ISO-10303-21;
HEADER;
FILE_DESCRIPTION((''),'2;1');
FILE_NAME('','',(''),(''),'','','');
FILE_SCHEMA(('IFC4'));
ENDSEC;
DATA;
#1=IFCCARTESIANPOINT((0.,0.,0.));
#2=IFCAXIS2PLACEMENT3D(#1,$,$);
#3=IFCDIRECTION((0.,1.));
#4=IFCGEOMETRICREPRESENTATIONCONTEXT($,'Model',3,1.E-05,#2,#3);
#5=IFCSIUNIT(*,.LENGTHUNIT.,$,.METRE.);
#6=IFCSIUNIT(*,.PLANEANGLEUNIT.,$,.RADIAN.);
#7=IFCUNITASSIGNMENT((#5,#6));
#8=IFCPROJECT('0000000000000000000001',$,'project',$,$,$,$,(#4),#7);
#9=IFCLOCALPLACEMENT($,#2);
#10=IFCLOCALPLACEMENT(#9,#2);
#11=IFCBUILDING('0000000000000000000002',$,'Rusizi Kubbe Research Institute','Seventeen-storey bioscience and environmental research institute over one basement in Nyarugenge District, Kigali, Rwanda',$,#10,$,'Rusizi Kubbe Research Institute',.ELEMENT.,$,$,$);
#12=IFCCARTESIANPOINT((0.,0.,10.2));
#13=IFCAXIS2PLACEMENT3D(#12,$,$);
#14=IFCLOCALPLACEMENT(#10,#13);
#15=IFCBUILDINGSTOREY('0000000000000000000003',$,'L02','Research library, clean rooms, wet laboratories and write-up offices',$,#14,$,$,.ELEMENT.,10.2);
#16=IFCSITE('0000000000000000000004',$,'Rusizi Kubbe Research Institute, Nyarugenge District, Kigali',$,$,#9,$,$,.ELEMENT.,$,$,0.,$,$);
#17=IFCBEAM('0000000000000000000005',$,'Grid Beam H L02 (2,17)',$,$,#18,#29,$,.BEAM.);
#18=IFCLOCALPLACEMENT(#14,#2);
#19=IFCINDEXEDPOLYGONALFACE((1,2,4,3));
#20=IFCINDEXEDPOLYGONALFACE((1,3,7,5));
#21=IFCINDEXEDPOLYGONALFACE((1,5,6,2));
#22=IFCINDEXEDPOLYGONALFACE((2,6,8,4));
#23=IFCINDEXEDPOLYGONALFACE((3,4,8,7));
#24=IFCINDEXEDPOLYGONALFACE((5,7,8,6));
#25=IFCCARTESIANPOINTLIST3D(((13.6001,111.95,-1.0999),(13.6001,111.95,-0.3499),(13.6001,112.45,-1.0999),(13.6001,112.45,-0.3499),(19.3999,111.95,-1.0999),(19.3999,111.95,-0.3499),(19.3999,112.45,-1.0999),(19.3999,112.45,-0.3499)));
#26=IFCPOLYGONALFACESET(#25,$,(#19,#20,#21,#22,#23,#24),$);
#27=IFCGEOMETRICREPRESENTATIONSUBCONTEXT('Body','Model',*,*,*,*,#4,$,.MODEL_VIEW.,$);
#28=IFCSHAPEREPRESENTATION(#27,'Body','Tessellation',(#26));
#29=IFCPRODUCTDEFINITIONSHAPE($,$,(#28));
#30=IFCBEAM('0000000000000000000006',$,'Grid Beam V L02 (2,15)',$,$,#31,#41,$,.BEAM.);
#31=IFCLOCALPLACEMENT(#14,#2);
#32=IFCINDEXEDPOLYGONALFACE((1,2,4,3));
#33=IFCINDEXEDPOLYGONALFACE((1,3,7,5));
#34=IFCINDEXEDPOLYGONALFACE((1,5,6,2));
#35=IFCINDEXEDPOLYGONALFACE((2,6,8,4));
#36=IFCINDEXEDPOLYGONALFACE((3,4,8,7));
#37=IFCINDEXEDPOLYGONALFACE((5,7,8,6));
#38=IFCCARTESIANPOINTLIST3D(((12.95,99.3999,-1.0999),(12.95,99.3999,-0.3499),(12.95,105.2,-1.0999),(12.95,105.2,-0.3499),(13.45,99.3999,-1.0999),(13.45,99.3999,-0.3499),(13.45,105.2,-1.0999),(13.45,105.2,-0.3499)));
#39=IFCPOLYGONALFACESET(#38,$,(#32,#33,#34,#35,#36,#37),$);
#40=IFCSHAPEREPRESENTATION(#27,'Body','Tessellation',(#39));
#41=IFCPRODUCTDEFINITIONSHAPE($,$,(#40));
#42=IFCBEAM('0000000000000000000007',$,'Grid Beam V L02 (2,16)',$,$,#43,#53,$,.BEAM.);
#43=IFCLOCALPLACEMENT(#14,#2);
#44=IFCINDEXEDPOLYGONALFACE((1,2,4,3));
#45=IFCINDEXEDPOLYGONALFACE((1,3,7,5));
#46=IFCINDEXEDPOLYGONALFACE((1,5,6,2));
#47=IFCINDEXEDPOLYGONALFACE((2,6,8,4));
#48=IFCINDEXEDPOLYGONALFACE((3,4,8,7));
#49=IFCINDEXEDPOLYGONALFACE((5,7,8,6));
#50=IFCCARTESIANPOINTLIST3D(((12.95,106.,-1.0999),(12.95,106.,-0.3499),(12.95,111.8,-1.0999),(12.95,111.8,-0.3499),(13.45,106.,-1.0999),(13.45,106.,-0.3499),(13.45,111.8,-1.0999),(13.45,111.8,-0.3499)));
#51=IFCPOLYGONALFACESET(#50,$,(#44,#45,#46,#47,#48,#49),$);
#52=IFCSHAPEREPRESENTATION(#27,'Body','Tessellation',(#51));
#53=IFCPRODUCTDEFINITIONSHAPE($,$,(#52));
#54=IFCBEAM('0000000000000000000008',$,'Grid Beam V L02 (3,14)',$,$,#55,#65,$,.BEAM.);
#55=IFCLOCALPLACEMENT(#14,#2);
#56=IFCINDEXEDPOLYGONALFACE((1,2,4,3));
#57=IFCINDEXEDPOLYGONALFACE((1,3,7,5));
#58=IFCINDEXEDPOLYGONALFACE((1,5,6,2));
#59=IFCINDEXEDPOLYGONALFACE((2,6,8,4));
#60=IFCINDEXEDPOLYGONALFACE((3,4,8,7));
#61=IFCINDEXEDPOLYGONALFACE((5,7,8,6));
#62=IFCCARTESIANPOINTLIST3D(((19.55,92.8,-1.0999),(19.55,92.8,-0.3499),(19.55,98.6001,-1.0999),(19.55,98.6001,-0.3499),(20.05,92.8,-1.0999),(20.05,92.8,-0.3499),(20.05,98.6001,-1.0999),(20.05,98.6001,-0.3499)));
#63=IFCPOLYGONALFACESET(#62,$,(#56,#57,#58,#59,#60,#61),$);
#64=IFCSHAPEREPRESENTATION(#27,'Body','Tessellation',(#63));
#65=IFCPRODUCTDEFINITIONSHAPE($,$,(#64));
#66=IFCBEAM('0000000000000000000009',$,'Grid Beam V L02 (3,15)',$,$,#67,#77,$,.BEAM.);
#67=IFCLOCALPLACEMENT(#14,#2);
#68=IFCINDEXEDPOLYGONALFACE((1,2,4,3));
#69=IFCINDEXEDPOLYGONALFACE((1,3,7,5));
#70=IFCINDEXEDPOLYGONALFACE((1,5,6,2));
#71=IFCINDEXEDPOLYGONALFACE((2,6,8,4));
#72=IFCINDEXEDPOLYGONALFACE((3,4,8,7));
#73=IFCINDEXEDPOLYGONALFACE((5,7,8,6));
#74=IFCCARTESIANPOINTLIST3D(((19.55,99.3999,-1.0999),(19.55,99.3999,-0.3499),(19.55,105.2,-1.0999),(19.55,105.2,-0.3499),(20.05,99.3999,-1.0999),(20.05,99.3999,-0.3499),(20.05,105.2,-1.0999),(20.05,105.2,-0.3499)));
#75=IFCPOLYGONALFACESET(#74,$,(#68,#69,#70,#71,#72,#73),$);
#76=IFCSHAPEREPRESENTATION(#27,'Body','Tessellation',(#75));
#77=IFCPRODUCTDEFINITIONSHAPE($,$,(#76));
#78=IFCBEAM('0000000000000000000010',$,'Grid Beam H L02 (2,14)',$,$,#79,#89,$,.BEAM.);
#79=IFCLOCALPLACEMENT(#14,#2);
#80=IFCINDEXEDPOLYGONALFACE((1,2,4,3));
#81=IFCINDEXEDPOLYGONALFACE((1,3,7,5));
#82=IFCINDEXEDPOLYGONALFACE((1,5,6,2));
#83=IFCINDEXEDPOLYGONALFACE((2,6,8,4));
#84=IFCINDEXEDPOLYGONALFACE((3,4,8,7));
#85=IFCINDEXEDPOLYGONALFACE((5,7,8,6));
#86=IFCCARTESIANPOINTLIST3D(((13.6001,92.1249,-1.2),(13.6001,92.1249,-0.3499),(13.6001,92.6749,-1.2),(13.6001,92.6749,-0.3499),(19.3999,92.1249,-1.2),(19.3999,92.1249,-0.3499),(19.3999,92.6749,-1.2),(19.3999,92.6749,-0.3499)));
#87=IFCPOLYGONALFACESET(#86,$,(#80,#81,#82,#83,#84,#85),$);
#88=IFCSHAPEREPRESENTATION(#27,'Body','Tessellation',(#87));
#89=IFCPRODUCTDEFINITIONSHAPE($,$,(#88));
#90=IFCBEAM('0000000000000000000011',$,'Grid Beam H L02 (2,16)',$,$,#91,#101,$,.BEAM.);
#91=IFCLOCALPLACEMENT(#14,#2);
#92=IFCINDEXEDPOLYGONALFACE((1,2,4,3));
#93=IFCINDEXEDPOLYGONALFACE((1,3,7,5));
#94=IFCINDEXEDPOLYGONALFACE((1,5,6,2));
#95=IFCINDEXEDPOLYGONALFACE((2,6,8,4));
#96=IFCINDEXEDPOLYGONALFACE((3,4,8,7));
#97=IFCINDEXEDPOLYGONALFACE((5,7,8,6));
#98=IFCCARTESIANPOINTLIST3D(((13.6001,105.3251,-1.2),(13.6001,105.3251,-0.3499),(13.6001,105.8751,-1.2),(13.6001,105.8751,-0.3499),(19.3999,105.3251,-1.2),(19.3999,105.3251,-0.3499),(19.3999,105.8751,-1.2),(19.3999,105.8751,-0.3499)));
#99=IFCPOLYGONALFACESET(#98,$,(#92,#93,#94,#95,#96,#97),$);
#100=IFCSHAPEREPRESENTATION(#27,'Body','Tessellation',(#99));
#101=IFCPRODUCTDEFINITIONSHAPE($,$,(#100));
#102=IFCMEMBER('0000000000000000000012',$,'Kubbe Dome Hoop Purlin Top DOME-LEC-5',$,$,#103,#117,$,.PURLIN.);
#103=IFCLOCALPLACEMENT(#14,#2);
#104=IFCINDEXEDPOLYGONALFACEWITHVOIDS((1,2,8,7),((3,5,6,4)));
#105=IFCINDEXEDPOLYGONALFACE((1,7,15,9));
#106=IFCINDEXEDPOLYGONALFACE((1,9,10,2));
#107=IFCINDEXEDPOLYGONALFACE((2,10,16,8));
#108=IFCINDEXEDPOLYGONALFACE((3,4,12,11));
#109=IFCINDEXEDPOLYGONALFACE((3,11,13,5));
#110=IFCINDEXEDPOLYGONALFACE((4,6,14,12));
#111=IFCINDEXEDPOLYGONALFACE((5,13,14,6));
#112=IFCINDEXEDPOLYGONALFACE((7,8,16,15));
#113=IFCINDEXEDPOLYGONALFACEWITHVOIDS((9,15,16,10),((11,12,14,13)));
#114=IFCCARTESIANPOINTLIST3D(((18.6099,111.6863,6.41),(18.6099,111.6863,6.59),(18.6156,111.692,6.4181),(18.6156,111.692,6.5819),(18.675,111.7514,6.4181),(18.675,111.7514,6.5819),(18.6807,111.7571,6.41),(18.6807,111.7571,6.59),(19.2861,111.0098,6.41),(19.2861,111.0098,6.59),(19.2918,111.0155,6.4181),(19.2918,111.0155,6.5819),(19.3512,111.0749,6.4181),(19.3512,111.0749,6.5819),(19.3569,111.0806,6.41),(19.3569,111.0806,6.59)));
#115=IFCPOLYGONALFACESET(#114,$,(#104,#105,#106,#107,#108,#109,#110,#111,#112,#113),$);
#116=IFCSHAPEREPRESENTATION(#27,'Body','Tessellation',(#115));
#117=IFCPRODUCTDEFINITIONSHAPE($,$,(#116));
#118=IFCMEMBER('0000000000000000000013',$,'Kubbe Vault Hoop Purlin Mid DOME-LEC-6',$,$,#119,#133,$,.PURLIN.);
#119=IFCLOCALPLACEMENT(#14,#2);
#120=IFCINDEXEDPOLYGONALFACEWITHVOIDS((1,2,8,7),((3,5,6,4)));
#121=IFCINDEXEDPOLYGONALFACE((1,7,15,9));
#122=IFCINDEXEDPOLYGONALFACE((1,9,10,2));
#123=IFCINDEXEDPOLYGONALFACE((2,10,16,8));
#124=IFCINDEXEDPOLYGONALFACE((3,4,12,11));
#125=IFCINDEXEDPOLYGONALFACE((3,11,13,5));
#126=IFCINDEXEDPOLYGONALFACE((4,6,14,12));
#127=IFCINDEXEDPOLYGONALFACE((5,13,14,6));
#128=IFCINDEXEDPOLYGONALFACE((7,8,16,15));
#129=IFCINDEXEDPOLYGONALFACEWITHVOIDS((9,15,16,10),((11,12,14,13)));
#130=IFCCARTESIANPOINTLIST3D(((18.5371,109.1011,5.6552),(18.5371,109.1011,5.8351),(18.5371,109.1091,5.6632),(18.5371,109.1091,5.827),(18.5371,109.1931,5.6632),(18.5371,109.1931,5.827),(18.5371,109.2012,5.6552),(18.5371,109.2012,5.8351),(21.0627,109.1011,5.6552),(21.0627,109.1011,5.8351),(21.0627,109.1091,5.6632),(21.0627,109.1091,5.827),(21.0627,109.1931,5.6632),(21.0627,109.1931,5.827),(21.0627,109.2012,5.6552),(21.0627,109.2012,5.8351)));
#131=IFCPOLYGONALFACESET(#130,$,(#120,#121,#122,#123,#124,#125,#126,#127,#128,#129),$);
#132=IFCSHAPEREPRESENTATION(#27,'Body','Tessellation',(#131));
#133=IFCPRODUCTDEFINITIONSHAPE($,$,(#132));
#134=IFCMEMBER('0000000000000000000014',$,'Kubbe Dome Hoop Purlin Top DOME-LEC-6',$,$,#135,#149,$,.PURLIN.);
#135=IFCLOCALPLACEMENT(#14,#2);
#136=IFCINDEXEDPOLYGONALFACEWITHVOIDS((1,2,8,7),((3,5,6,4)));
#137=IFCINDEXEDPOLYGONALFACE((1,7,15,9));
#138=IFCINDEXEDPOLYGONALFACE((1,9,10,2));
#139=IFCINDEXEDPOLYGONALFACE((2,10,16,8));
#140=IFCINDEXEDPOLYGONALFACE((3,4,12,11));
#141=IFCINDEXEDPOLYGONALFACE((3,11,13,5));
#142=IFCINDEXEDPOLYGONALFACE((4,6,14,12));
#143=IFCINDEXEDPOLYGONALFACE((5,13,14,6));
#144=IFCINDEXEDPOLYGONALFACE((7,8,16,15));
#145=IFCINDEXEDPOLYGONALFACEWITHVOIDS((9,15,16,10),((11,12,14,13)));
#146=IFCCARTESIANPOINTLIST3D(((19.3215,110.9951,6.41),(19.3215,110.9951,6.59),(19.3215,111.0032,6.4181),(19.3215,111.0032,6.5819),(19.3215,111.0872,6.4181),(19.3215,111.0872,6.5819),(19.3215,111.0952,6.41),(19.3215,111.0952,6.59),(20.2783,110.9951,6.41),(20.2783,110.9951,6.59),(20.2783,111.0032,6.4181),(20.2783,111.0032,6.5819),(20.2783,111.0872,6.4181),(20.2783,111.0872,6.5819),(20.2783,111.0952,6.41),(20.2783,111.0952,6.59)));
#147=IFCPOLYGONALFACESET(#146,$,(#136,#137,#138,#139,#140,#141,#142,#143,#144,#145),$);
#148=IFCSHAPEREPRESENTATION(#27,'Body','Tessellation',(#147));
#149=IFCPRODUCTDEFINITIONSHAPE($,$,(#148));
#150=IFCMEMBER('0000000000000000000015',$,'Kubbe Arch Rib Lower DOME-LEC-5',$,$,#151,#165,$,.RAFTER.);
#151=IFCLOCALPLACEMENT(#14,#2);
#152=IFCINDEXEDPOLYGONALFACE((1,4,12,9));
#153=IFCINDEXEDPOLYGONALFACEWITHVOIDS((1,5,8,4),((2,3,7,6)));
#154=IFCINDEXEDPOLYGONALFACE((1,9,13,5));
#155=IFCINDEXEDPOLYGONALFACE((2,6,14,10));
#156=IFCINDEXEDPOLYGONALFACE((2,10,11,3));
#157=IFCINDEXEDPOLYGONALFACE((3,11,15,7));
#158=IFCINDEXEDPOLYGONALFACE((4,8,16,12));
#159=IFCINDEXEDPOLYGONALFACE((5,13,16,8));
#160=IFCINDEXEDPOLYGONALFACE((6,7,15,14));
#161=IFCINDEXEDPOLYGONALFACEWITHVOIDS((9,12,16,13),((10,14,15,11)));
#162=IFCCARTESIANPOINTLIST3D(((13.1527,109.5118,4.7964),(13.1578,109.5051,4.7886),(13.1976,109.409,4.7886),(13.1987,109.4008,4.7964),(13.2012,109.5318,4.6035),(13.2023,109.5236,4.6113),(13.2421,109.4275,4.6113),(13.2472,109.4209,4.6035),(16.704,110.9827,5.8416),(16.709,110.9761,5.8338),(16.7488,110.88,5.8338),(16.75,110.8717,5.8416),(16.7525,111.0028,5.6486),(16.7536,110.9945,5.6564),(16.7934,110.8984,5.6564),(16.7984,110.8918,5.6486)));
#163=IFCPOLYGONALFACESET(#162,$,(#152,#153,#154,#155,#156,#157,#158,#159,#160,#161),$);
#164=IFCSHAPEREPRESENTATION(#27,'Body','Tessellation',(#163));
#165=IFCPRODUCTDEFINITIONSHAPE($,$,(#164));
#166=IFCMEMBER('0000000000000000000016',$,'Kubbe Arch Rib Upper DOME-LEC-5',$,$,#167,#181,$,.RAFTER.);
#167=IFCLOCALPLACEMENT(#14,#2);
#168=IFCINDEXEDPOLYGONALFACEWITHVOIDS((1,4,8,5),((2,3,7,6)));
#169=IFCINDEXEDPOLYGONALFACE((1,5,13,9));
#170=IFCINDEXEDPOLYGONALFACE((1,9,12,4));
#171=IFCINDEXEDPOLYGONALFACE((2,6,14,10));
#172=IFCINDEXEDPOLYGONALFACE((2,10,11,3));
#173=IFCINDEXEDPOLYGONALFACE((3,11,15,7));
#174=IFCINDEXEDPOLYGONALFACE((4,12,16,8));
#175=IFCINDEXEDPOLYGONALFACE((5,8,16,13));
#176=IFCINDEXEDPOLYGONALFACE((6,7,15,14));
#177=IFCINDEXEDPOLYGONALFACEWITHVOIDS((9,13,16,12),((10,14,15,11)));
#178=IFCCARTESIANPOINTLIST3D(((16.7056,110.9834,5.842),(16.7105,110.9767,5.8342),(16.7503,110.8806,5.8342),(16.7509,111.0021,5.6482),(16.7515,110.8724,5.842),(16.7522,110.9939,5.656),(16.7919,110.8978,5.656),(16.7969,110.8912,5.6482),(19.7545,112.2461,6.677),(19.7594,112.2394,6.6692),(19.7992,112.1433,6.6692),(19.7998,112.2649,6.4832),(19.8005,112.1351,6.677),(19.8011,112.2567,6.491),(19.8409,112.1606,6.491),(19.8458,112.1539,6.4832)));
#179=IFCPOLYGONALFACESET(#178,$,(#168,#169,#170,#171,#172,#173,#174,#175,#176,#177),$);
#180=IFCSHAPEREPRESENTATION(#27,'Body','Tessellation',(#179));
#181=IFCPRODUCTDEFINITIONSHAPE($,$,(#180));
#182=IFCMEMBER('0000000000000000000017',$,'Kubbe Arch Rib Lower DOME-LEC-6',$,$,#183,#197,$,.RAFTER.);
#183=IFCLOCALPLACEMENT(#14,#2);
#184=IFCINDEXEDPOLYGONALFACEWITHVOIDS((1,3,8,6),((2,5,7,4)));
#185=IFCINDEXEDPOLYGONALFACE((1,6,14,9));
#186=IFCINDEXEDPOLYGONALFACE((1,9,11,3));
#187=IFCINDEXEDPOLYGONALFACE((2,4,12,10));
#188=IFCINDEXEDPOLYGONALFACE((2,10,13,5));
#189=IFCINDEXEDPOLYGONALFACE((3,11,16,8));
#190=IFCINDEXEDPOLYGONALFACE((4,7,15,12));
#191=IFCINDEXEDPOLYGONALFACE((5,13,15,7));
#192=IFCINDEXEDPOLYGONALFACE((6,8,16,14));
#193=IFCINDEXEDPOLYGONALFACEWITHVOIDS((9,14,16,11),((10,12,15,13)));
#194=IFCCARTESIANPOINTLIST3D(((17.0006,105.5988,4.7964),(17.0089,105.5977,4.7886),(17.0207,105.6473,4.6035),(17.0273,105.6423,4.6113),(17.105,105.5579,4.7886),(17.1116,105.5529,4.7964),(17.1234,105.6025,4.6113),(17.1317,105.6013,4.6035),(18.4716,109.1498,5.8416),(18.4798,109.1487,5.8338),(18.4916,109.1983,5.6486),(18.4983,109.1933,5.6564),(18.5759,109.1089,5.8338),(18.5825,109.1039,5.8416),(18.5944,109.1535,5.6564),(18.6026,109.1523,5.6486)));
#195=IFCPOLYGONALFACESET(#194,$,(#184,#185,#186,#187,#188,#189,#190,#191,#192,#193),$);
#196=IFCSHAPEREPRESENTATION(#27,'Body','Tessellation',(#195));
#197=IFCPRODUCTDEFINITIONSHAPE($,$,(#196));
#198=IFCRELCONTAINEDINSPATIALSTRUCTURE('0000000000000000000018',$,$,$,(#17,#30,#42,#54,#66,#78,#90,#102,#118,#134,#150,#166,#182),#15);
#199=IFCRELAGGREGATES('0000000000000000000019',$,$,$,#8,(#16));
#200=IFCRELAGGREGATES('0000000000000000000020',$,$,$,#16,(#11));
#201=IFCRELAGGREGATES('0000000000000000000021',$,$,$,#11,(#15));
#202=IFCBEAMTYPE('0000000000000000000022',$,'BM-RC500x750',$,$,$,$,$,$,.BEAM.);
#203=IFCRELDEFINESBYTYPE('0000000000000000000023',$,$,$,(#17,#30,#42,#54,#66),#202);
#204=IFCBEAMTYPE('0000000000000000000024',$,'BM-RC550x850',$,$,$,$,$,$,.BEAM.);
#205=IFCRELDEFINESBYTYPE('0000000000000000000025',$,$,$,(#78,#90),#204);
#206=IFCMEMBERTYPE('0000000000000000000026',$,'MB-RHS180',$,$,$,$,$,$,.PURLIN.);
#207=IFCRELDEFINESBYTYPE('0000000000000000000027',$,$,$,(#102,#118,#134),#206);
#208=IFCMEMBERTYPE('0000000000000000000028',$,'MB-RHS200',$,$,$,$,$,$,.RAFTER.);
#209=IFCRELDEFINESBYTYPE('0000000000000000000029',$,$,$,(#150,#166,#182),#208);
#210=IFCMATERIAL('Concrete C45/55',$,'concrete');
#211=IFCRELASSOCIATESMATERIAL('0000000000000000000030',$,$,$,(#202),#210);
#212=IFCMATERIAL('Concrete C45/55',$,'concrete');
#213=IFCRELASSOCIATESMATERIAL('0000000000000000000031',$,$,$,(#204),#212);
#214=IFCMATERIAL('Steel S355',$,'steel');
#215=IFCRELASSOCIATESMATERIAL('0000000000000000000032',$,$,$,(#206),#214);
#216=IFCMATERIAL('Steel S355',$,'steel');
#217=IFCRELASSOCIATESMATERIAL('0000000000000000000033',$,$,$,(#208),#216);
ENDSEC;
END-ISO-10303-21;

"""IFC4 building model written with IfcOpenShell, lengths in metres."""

from ifc_helpers import new_model, si_unit, direction, frame, origin, origin_2d, place, context, subcontext, project, spatial, rectangle, hollow_rectangle, extrude, material, material_profile, profile_set, type_object, element, save


model = new_model("IFC4")

# Units and contexts
model_context = context("Model", 3, precision=1e-05, world=origin(), true_north=direction((0.0, 1.0)))
body_context = subcontext(model_context, "Body", "Model", "MODEL_VIEW")
ifc_project = project(units=[si_unit("LENGTHUNIT", "METRE"), si_unit("PLANEANGLEUNIT", "RADIAN")], contexts=[model_context])

# Site, building, storey
site_placement = place(None, origin())
site = spatial("IfcSite", under=ifc_project, at=site_placement, Name="Rusizi Kubbe Research Institute, Nyarugenge District, Kigali", CompositionType="ELEMENT", RefElevation=0.0)
building_placement = place(site_placement, origin())
building = spatial("IfcBuilding", under=site, at=building_placement, Name="Rusizi Kubbe Research Institute", Description="Seventeen-storey bioscience and environmental research institute over one basement in Nyarugenge District, Kigali, Rwanda", LongName="Rusizi Kubbe Research Institute", CompositionType="ELEMENT")
storey_placement = place(building_placement, frame((0.0, 0.0, 10.2)))
storey = spatial("IfcBuildingStorey", under=building, at=storey_placement, Name="L02", Description="Research library, clean rooms, wet laboratories and write-up offices", CompositionType="ELEMENT", Elevation=10.2)

# Beams
ifc_material_1 = material(Name="Concrete C45/55", Category="concrete")
ifc_material_profile_1 = material_profile(ifc_material_1, rectangle(XDim=0.5, YDim=0.75, at=origin_2d()), Name="RC500x750B")
ifc_profile_set_1 = profile_set([ifc_material_profile_1], Name="Concrete C45/55")
beam_type_1 = type_object("IfcBeamType", Name="BM-RC500x750", PredefinedType="BEAM", material=ifc_profile_set_1)
for number, where, z_axis, x_axis, name in (
    (1, (13.6001, 112.2, -0.7249), (1.0, 0.0, 0.0), (0.0, 1.0, 0.0), "Grid Beam H L02 (2,17)"),
):
    element("IfcBeam", number, at=place(storey_placement, frame(where, z_axis=z_axis, x_axis=x_axis)), inside=storey, type_object=beam_type_1, Name=name, PredefinedType="BEAM", context=body_context, shape_type="SweptSolid", body=[
        extrude(rectangle(XDim=0.5, YDim=0.75, at=origin_2d()), origin(), (0.0, 0.0, 1.0), 5.7998),
    ])
for number, where, z_axis, x_axis, name in (
    (2, (13.2, 99.3999, -0.7249), (0.0, 1.0, 0.0), (-1.0, 0.0, 0.0), "Grid Beam V L02 (2,15)"),
    (3, (13.2, 106.0, -0.7249), (0.0, 1.0, 0.0), (-1.0, 0.0, 0.0), "Grid Beam V L02 (2,16)"),
    (4, (19.8, 92.8, -0.7249), (0.0, 1.0, 0.0), (-1.0, 0.0, 0.0), "Grid Beam V L02 (3,14)"),
    (5, (19.8, 99.3999, -0.7249), (0.0, 1.0, 0.0), (-1.0, 0.0, 0.0), "Grid Beam V L02 (3,15)"),
):
    element("IfcBeam", number, at=place(storey_placement, frame(where, z_axis=z_axis, x_axis=x_axis)), inside=storey, type_object=beam_type_1, Name=name, PredefinedType="BEAM", context=body_context, shape_type="SweptSolid", body=[
        extrude(rectangle(XDim=0.5, YDim=0.75, at=origin_2d()), origin(), (0.0, 0.0, 1.0), 5.8),
    ])
ifc_material_2 = material(Name="Concrete C45/55", Category="concrete")
ifc_material_profile_2 = material_profile(ifc_material_2, rectangle(XDim=0.55, YDim=0.8501, at=origin_2d()), Name="RC550x850")
ifc_profile_set_2 = profile_set([ifc_material_profile_2], Name="Concrete C45/55")
beam_type_2 = type_object("IfcBeamType", Name="BM-RC550x850", PredefinedType="BEAM", material=ifc_profile_set_2)
for number, where, z_axis, x_axis, name in (
    (6, (13.6001, 92.3999, -0.7749), (1.0, 0.0, 0.0), (0.0, 1.0, 0.0), "Grid Beam H L02 (2,14)"),
    (7, (13.6001, 105.6001, -0.7749), (1.0, 0.0, 0.0), (0.0, 1.0, 0.0), "Grid Beam H L02 (2,16)"),
):
    element("IfcBeam", number, at=place(storey_placement, frame(where, z_axis=z_axis, x_axis=x_axis)), inside=storey, type_object=beam_type_2, Name=name, PredefinedType="BEAM", context=body_context, shape_type="SweptSolid", body=[
        extrude(rectangle(XDim=0.55, YDim=0.8501, at=origin_2d()), origin(), (0.0, 0.0, 1.0), 5.7998),
    ])

# Members
ifc_material_3 = material(Name="Steel S355", Category="steel")
ifc_material_profile_3 = material_profile(ifc_material_3, hollow_rectangle(XDim=0.1001, YDim=0.1799, WallThickness=0.0081, at=origin_2d()), Name="RHS 180x100x8.0")
ifc_profile_set_3 = profile_set([ifc_material_profile_3], Name="Steel S355")
member_type_1 = type_object("IfcMemberType", Name="MB-RHS180", PredefinedType="PURLIN", material=ifc_profile_set_3)
member_1_placement = place(storey_placement, frame((18.6453, 111.7217, 6.5), z_axis=(0.706979, -0.707234, 0.0), x_axis=(0.707234, 0.706979, 0.0)))
element("IfcMember", 8, at=member_1_placement, inside=storey, type_object=member_type_1, Name="Kubbe Dome Hoop Purlin Top DOME-LEC-5", PredefinedType="PURLIN", context=body_context, shape_type="SweptSolid", body=[
    extrude(hollow_rectangle(XDim=0.1001, YDim=0.1799, WallThickness=0.0081, at=origin_2d()), origin(), (0.0, 0.0, 1.0), 0.9565),
])
member_2_placement = place(storey_placement, frame((18.5371, 109.1511, 5.7451), z_axis=(1.0, 0.0, 0.0), x_axis=(0.0, 1.0, 0.0)))
element("IfcMember", 9, at=member_2_placement, inside=storey, type_object=member_type_1, Name="Kubbe Vault Hoop Purlin Mid DOME-LEC-6", PredefinedType="PURLIN", context=body_context, shape_type="SweptSolid", body=[
    extrude(hollow_rectangle(XDim=0.1001, YDim=0.1799, WallThickness=0.0081, at=origin_2d()), origin(), (0.0, 0.0, 1.0), 2.5256),
])
member_3_placement = place(storey_placement, frame((19.3215, 111.0452, 6.5), z_axis=(1.0, 0.0, 0.0), x_axis=(0.0, 1.0, 0.0)))
element("IfcMember", 10, at=member_3_placement, inside=storey, type_object=member_type_1, Name="Kubbe Dome Hoop Purlin Top DOME-LEC-6", PredefinedType="PURLIN", context=body_context, shape_type="SweptSolid", body=[
    extrude(hollow_rectangle(XDim=0.1001, YDim=0.1799, WallThickness=0.0081, at=origin_2d()), origin(), (0.0, 0.0, 1.0), 0.9568),
])
ifc_material_4 = material(Name="Steel S355", Category="steel")
ifc_material_profile_4 = material_profile(ifc_material_4, hollow_rectangle(XDim=0.1201, YDim=0.2, WallThickness=0.0081, at=origin_2d()), Name="RHS 200x120x8.0")
ifc_profile_set_4 = profile_set([ifc_material_profile_4], Name="Steel S355")
member_type_2 = type_object("IfcMemberType", Name="MB-RHS200", PredefinedType="RAFTER", material=ifc_profile_set_4)
member_4_placement = place(storey_placement, frame((13.2, 109.4663, 4.7), z_axis=(0.891514, 0.369268, 0.26238), x_axis=(-0.382675, 0.923883, 0.0)))
element("IfcMember", 11, at=member_4_placement, inside=storey, type_object=member_type_2, Name="Kubbe Arch Rib Lower DOME-LEC-5", PredefinedType="RAFTER", context=body_context, shape_type="SweptSolid", body=[
    extrude(hollow_rectangle(XDim=0.1201, YDim=0.2, WallThickness=0.0081, at=origin_2d()), origin(), (0.0, 0.0, 1.0), 3.9834),
])
member_5_placement = place(storey_placement, frame((16.7512, 110.9373, 5.7451), z_axis=(0.895672, 0.370949, 0.245291), x_axis=(-0.382639, 0.923898, 0.0)))
element("IfcMember", 12, at=member_5_placement, inside=storey, type_object=member_type_2, Name="Kubbe Arch Rib Upper DOME-LEC-5", PredefinedType="RAFTER", context=body_context, shape_type="SweptSolid", body=[
    extrude(hollow_rectangle(XDim=0.1201, YDim=0.2, WallThickness=0.0081, at=origin_2d()), origin(), (0.0, 0.0, 1.0), 3.4041),
])
member_6_placement = place(storey_placement, frame((17.0662, 105.6001, 4.7), z_axis=(0.369288, 0.891502, 0.262394), x_axis=(-0.923874, 0.382698, 0.0)))
element("IfcMember", 13, at=member_6_placement, inside=storey, type_object=member_type_2, Name="Kubbe Arch Rib Lower DOME-LEC-6", PredefinedType="RAFTER", context=body_context, shape_type="SweptSolid", body=[
    extrude(hollow_rectangle(XDim=0.1201, YDim=0.2, WallThickness=0.0081, at=origin_2d()), origin(), (0.0, 0.0, 1.0), 3.9832),
])

save(model, "model.ifc")
